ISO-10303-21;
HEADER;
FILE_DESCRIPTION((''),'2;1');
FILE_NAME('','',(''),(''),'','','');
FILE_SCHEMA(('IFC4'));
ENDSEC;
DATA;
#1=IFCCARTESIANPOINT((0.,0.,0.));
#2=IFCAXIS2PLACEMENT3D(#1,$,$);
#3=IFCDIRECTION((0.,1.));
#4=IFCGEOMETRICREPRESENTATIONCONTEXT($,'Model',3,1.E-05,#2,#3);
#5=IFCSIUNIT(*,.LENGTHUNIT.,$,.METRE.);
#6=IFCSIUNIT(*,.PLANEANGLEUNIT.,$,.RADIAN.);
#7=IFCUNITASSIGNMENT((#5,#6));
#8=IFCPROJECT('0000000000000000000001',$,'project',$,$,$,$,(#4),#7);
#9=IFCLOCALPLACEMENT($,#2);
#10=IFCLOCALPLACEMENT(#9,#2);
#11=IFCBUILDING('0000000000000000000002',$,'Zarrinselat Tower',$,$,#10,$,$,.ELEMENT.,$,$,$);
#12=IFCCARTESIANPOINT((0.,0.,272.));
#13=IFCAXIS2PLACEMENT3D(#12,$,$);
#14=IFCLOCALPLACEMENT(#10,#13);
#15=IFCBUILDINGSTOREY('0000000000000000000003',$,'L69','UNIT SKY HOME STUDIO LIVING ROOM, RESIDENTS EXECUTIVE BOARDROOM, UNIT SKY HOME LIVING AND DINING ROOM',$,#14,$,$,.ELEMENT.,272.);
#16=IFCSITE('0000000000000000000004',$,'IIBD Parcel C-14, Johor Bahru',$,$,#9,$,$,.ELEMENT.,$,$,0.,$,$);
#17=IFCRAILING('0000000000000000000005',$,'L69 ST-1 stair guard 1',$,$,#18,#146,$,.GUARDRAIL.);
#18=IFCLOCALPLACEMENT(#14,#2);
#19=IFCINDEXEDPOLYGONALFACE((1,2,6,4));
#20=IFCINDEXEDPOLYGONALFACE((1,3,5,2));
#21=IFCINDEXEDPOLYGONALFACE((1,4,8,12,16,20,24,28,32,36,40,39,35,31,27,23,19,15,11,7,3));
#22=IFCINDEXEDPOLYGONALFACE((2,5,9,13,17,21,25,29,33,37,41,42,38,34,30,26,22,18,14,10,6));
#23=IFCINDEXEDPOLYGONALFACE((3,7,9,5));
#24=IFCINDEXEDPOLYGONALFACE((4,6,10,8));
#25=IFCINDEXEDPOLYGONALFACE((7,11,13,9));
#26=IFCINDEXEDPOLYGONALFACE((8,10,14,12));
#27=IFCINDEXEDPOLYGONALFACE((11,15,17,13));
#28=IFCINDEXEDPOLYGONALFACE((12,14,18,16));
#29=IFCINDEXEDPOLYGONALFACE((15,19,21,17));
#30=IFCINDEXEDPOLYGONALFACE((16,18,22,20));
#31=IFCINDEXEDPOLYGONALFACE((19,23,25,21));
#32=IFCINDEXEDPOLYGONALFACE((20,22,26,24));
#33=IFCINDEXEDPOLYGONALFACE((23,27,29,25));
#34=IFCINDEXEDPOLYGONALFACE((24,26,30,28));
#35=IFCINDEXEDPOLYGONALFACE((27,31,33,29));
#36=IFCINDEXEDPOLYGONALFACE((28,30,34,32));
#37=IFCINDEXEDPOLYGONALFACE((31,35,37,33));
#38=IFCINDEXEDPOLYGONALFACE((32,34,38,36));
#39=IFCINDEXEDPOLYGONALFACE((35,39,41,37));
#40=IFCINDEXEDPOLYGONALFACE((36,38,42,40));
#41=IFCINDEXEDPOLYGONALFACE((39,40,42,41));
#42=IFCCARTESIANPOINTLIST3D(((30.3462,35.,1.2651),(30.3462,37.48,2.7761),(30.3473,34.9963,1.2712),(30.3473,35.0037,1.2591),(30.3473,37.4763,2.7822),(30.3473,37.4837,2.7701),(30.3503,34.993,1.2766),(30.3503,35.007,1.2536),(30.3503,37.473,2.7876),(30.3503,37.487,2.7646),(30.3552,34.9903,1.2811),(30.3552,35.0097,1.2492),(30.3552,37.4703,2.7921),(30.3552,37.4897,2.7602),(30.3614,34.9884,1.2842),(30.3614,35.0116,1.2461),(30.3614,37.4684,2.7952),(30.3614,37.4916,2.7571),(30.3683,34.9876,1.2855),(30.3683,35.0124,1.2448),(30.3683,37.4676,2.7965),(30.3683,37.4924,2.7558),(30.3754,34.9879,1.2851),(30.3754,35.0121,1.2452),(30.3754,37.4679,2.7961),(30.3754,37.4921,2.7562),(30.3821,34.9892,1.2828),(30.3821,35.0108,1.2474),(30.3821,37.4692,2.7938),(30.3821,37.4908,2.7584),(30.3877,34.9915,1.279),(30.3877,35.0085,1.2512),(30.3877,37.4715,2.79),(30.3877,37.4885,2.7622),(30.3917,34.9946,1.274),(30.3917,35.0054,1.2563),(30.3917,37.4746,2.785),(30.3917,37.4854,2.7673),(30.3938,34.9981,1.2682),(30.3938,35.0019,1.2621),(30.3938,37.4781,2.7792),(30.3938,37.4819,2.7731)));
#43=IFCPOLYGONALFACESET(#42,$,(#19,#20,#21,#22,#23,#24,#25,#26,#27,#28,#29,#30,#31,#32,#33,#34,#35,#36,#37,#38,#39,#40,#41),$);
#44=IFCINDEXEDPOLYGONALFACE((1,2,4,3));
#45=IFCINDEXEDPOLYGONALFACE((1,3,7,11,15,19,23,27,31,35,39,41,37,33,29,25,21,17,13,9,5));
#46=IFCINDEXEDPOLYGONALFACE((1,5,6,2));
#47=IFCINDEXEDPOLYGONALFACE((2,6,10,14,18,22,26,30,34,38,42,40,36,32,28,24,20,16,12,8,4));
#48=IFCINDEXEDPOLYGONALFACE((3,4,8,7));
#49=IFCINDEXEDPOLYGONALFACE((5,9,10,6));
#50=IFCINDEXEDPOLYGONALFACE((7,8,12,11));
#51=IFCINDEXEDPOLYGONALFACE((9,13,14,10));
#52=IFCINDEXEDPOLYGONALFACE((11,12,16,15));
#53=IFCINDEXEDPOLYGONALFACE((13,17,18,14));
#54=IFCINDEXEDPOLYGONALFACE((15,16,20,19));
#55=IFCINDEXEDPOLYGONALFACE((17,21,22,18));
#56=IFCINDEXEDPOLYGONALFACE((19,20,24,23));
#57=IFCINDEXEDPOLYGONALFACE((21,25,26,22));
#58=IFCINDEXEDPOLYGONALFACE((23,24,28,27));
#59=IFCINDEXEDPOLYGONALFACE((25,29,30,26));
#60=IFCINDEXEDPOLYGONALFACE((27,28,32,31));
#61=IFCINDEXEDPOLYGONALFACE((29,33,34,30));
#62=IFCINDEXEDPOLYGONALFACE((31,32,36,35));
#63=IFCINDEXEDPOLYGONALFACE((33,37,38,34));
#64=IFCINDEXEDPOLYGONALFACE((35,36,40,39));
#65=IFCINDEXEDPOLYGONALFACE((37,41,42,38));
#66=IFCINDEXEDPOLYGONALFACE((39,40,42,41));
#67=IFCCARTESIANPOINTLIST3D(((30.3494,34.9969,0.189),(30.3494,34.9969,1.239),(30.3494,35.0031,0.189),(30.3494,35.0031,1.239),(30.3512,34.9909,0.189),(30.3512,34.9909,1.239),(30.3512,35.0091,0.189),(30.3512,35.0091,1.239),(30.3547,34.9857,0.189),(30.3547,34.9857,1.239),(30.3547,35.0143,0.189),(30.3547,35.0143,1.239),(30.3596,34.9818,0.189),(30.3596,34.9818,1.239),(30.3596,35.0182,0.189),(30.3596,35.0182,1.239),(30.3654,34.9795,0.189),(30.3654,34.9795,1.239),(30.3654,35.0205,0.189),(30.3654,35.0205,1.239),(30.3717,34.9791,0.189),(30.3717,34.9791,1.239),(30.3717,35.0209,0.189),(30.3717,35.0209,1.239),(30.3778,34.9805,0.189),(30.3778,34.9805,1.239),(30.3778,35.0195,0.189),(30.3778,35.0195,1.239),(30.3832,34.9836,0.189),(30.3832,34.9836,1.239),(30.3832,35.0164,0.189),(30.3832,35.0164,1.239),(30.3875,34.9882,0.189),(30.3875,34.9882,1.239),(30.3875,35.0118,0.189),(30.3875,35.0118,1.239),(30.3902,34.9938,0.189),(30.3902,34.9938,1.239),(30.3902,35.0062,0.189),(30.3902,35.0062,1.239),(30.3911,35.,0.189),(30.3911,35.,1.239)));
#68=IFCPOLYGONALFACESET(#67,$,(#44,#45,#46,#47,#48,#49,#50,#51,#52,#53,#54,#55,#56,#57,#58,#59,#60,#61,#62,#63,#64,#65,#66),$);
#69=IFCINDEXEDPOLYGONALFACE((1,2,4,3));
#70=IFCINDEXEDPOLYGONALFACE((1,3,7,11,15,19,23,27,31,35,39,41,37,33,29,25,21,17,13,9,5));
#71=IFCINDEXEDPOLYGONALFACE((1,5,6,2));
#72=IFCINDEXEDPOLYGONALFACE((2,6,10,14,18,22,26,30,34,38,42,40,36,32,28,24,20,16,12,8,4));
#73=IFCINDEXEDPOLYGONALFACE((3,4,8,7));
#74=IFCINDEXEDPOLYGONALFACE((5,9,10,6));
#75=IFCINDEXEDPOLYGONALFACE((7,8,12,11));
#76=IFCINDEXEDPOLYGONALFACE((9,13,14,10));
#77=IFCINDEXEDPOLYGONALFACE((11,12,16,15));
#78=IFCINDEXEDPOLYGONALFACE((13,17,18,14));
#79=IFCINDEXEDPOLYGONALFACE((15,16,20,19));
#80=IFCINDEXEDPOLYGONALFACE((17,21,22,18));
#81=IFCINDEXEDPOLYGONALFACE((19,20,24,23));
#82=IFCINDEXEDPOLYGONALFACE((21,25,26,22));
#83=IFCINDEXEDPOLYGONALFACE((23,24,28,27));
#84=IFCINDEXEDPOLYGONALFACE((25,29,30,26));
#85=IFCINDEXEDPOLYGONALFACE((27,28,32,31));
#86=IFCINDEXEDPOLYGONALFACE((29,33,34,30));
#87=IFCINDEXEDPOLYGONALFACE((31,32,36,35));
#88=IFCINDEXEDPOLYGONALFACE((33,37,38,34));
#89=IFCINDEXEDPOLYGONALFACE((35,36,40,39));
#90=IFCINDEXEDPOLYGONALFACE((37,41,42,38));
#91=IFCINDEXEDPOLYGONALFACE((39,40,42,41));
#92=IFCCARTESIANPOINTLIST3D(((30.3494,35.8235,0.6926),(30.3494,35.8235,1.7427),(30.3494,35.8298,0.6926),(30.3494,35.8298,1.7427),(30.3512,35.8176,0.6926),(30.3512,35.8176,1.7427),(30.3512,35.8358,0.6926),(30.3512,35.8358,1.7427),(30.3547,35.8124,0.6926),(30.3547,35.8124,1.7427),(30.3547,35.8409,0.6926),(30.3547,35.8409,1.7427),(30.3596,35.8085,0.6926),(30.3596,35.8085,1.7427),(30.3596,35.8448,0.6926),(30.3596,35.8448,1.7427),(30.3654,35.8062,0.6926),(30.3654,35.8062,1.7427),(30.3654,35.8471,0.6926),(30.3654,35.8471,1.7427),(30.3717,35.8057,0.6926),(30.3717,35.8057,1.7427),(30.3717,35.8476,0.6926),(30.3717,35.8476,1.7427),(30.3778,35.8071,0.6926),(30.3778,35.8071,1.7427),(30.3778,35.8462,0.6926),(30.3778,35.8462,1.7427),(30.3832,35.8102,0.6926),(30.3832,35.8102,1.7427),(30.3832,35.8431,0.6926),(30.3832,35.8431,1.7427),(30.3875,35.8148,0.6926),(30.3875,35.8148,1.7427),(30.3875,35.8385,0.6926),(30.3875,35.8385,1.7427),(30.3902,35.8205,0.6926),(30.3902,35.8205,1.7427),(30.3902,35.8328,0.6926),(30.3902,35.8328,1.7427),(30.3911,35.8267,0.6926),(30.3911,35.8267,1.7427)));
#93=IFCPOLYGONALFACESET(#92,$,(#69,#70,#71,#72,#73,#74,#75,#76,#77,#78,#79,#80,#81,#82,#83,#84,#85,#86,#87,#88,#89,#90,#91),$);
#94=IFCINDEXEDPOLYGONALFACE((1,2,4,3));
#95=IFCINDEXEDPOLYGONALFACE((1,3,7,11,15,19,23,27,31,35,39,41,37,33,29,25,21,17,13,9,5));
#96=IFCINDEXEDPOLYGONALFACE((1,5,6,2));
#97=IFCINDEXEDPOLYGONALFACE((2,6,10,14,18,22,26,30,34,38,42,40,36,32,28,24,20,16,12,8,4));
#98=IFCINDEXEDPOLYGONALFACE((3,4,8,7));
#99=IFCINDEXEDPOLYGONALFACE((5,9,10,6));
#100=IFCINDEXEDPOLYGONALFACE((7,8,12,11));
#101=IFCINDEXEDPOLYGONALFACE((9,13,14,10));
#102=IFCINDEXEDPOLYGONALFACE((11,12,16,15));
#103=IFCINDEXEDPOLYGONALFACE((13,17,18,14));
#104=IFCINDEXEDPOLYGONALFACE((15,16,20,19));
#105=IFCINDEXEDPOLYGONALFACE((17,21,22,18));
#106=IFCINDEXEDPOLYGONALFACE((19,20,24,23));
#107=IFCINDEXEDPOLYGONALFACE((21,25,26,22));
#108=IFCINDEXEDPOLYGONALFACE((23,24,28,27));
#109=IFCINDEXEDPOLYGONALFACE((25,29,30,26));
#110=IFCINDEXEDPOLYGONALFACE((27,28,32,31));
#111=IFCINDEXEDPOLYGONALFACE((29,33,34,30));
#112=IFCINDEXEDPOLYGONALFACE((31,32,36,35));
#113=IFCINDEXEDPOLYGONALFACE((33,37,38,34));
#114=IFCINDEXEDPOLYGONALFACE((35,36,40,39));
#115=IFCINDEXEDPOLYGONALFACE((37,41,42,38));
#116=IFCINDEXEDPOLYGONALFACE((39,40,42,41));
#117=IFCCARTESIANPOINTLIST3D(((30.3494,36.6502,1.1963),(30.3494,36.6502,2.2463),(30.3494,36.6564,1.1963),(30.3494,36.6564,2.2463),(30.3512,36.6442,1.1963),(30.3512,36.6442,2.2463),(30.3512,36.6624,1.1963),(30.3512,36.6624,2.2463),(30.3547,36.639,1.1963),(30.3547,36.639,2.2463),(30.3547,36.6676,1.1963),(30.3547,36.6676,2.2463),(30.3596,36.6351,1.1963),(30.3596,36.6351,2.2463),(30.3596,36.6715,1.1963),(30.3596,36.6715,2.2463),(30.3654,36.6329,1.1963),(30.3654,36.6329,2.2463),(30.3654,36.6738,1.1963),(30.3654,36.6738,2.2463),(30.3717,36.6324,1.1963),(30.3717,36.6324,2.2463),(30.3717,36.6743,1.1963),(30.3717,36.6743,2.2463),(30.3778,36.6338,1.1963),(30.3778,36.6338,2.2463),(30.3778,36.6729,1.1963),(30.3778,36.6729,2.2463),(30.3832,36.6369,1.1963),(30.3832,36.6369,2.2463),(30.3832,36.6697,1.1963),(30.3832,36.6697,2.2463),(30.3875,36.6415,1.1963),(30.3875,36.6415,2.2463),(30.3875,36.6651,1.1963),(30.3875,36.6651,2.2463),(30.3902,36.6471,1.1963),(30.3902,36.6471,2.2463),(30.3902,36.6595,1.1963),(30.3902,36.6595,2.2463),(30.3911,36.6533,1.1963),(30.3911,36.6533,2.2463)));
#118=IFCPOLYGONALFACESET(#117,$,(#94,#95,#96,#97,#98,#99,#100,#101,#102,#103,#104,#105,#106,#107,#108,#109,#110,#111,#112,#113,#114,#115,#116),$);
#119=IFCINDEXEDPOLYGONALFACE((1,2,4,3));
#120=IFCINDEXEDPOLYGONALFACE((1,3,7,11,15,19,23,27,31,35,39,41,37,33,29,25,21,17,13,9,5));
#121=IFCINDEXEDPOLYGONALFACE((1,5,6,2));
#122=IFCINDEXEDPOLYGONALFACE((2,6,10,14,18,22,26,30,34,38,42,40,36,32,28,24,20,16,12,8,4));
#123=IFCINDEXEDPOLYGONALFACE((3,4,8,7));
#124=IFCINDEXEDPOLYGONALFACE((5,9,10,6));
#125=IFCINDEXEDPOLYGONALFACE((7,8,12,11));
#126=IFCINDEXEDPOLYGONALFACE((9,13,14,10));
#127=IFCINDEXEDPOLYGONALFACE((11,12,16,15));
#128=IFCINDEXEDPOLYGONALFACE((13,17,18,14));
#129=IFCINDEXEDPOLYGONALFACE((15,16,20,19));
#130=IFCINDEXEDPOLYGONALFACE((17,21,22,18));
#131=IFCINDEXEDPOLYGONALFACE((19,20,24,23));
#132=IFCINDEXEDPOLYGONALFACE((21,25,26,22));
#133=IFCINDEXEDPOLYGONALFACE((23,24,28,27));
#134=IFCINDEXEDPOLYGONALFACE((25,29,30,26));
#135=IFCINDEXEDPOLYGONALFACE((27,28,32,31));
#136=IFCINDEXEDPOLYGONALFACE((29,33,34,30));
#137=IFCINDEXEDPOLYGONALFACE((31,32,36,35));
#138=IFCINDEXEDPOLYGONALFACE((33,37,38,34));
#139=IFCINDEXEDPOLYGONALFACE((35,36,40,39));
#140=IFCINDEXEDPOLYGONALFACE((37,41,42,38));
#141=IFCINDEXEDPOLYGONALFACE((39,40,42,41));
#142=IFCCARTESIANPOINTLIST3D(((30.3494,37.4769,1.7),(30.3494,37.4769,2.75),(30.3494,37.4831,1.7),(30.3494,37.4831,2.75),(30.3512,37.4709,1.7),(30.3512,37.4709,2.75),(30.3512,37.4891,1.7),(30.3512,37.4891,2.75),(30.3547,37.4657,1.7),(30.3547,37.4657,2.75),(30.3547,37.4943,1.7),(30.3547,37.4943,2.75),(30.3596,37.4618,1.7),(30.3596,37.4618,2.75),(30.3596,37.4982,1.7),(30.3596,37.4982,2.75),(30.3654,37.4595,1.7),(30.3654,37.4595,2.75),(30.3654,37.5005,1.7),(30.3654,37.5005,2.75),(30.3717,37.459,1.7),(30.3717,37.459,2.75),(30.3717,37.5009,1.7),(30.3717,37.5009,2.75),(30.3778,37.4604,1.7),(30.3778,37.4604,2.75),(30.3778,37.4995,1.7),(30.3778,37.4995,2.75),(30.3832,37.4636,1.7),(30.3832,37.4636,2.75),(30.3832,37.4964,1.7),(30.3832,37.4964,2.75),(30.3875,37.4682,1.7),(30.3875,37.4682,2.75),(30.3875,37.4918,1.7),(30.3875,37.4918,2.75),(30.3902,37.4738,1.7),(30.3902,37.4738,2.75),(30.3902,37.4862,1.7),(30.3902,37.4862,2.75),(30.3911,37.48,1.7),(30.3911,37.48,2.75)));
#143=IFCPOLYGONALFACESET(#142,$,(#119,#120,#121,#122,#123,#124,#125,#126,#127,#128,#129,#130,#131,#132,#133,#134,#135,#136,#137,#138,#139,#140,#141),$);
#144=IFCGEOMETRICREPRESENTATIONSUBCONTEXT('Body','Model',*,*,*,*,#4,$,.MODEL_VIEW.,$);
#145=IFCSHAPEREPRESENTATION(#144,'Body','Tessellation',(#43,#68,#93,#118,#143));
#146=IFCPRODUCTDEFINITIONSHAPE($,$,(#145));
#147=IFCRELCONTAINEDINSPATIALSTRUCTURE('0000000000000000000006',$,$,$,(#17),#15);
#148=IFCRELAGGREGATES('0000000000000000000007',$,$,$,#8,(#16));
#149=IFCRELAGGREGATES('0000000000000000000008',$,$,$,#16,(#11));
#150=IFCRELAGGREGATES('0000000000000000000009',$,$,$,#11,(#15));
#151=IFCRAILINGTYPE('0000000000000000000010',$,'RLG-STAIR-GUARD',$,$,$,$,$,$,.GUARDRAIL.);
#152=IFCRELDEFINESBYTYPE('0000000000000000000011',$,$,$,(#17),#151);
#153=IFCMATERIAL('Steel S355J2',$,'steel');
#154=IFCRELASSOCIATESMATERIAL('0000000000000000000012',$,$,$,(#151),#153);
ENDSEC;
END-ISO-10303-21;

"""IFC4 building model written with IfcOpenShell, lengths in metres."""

from ifc_helpers import new_model, si_unit, direction, frame, origin, origin_2d, place, context, subcontext, project, spatial, circle, extrude, material, type_object, element, save


model = new_model("IFC4")

# Units and contexts
model_context = context("Model", 3, precision=1e-05, world=origin(), true_north=direction((0.0, 1.0)))
body_context = subcontext(model_context, "Body", "Model", "MODEL_VIEW")
ifc_project = project(units=[si_unit("LENGTHUNIT", "METRE"), si_unit("PLANEANGLEUNIT", "RADIAN")], contexts=[model_context])

# Site, building, storey
site_placement = place(None, origin())
site = spatial("IfcSite", under=ifc_project, at=site_placement, Name="IIBD Parcel C-14, Johor Bahru", CompositionType="ELEMENT", RefElevation=0.0)
building_placement = place(site_placement, origin())
building = spatial("IfcBuilding", under=site, at=building_placement, Name="Zarrinselat Tower", CompositionType="ELEMENT")
storey_placement = place(building_placement, frame((0.0, 0.0, 272.0)))
storey = spatial("IfcBuildingStorey", under=building, at=storey_placement, Name="L69", Description="UNIT SKY HOME STUDIO LIVING ROOM, RESIDENTS EXECUTIVE BOARDROOM, UNIT SKY HOME LIVING AND DINING ROOM", CompositionType="ELEMENT", Elevation=272.0)

# Railing
ifc_material_1 = material(Name="Steel S355J2", Category="steel")
railing_type_1 = type_object("IfcRailingType", Name="RLG-STAIR-GUARD", PredefinedType="GUARDRAIL", material=ifc_material_1)
railing_1_placement = place(storey_placement, frame((30.3701, 35.0, 0.189)))
element("IfcRailing", 1, at=railing_1_placement, inside=storey, type_object=railing_type_1, Name="L69 ST-1 stair guard 1", PredefinedType="GUARDRAIL", context=body_context, shape_type="SweptSolid", body=[
    extrude(circle(Radius=0.0239, at=origin_2d()), frame((0.0, 0.0, 1.0762), z_axis=(0.0, 0.853979, 0.520307), x_axis=(-1.0, 0.0, 0.0)), (0.0, 0.0, 1.0), 2.9041),
    extrude(circle(Radius=0.021, at=origin_2d()), origin(), (0.0, 0.0, 1.0), 1.05),
    extrude(circle(Radius=0.021, at=origin_2d()), frame((0.0, 0.8267, 0.5037)), (0.0, 0.0, 1.0), 1.05),
    extrude(circle(Radius=0.021, at=origin_2d()), frame((0.0, 1.6533, 1.0073)), (0.0, 0.0, 1.0), 1.05),
    extrude(circle(Radius=0.021, at=origin_2d()), frame((0.0, 2.48, 1.511)), (0.0, 0.0, 1.0), 1.05),
])

save(model, "model.ifc")
